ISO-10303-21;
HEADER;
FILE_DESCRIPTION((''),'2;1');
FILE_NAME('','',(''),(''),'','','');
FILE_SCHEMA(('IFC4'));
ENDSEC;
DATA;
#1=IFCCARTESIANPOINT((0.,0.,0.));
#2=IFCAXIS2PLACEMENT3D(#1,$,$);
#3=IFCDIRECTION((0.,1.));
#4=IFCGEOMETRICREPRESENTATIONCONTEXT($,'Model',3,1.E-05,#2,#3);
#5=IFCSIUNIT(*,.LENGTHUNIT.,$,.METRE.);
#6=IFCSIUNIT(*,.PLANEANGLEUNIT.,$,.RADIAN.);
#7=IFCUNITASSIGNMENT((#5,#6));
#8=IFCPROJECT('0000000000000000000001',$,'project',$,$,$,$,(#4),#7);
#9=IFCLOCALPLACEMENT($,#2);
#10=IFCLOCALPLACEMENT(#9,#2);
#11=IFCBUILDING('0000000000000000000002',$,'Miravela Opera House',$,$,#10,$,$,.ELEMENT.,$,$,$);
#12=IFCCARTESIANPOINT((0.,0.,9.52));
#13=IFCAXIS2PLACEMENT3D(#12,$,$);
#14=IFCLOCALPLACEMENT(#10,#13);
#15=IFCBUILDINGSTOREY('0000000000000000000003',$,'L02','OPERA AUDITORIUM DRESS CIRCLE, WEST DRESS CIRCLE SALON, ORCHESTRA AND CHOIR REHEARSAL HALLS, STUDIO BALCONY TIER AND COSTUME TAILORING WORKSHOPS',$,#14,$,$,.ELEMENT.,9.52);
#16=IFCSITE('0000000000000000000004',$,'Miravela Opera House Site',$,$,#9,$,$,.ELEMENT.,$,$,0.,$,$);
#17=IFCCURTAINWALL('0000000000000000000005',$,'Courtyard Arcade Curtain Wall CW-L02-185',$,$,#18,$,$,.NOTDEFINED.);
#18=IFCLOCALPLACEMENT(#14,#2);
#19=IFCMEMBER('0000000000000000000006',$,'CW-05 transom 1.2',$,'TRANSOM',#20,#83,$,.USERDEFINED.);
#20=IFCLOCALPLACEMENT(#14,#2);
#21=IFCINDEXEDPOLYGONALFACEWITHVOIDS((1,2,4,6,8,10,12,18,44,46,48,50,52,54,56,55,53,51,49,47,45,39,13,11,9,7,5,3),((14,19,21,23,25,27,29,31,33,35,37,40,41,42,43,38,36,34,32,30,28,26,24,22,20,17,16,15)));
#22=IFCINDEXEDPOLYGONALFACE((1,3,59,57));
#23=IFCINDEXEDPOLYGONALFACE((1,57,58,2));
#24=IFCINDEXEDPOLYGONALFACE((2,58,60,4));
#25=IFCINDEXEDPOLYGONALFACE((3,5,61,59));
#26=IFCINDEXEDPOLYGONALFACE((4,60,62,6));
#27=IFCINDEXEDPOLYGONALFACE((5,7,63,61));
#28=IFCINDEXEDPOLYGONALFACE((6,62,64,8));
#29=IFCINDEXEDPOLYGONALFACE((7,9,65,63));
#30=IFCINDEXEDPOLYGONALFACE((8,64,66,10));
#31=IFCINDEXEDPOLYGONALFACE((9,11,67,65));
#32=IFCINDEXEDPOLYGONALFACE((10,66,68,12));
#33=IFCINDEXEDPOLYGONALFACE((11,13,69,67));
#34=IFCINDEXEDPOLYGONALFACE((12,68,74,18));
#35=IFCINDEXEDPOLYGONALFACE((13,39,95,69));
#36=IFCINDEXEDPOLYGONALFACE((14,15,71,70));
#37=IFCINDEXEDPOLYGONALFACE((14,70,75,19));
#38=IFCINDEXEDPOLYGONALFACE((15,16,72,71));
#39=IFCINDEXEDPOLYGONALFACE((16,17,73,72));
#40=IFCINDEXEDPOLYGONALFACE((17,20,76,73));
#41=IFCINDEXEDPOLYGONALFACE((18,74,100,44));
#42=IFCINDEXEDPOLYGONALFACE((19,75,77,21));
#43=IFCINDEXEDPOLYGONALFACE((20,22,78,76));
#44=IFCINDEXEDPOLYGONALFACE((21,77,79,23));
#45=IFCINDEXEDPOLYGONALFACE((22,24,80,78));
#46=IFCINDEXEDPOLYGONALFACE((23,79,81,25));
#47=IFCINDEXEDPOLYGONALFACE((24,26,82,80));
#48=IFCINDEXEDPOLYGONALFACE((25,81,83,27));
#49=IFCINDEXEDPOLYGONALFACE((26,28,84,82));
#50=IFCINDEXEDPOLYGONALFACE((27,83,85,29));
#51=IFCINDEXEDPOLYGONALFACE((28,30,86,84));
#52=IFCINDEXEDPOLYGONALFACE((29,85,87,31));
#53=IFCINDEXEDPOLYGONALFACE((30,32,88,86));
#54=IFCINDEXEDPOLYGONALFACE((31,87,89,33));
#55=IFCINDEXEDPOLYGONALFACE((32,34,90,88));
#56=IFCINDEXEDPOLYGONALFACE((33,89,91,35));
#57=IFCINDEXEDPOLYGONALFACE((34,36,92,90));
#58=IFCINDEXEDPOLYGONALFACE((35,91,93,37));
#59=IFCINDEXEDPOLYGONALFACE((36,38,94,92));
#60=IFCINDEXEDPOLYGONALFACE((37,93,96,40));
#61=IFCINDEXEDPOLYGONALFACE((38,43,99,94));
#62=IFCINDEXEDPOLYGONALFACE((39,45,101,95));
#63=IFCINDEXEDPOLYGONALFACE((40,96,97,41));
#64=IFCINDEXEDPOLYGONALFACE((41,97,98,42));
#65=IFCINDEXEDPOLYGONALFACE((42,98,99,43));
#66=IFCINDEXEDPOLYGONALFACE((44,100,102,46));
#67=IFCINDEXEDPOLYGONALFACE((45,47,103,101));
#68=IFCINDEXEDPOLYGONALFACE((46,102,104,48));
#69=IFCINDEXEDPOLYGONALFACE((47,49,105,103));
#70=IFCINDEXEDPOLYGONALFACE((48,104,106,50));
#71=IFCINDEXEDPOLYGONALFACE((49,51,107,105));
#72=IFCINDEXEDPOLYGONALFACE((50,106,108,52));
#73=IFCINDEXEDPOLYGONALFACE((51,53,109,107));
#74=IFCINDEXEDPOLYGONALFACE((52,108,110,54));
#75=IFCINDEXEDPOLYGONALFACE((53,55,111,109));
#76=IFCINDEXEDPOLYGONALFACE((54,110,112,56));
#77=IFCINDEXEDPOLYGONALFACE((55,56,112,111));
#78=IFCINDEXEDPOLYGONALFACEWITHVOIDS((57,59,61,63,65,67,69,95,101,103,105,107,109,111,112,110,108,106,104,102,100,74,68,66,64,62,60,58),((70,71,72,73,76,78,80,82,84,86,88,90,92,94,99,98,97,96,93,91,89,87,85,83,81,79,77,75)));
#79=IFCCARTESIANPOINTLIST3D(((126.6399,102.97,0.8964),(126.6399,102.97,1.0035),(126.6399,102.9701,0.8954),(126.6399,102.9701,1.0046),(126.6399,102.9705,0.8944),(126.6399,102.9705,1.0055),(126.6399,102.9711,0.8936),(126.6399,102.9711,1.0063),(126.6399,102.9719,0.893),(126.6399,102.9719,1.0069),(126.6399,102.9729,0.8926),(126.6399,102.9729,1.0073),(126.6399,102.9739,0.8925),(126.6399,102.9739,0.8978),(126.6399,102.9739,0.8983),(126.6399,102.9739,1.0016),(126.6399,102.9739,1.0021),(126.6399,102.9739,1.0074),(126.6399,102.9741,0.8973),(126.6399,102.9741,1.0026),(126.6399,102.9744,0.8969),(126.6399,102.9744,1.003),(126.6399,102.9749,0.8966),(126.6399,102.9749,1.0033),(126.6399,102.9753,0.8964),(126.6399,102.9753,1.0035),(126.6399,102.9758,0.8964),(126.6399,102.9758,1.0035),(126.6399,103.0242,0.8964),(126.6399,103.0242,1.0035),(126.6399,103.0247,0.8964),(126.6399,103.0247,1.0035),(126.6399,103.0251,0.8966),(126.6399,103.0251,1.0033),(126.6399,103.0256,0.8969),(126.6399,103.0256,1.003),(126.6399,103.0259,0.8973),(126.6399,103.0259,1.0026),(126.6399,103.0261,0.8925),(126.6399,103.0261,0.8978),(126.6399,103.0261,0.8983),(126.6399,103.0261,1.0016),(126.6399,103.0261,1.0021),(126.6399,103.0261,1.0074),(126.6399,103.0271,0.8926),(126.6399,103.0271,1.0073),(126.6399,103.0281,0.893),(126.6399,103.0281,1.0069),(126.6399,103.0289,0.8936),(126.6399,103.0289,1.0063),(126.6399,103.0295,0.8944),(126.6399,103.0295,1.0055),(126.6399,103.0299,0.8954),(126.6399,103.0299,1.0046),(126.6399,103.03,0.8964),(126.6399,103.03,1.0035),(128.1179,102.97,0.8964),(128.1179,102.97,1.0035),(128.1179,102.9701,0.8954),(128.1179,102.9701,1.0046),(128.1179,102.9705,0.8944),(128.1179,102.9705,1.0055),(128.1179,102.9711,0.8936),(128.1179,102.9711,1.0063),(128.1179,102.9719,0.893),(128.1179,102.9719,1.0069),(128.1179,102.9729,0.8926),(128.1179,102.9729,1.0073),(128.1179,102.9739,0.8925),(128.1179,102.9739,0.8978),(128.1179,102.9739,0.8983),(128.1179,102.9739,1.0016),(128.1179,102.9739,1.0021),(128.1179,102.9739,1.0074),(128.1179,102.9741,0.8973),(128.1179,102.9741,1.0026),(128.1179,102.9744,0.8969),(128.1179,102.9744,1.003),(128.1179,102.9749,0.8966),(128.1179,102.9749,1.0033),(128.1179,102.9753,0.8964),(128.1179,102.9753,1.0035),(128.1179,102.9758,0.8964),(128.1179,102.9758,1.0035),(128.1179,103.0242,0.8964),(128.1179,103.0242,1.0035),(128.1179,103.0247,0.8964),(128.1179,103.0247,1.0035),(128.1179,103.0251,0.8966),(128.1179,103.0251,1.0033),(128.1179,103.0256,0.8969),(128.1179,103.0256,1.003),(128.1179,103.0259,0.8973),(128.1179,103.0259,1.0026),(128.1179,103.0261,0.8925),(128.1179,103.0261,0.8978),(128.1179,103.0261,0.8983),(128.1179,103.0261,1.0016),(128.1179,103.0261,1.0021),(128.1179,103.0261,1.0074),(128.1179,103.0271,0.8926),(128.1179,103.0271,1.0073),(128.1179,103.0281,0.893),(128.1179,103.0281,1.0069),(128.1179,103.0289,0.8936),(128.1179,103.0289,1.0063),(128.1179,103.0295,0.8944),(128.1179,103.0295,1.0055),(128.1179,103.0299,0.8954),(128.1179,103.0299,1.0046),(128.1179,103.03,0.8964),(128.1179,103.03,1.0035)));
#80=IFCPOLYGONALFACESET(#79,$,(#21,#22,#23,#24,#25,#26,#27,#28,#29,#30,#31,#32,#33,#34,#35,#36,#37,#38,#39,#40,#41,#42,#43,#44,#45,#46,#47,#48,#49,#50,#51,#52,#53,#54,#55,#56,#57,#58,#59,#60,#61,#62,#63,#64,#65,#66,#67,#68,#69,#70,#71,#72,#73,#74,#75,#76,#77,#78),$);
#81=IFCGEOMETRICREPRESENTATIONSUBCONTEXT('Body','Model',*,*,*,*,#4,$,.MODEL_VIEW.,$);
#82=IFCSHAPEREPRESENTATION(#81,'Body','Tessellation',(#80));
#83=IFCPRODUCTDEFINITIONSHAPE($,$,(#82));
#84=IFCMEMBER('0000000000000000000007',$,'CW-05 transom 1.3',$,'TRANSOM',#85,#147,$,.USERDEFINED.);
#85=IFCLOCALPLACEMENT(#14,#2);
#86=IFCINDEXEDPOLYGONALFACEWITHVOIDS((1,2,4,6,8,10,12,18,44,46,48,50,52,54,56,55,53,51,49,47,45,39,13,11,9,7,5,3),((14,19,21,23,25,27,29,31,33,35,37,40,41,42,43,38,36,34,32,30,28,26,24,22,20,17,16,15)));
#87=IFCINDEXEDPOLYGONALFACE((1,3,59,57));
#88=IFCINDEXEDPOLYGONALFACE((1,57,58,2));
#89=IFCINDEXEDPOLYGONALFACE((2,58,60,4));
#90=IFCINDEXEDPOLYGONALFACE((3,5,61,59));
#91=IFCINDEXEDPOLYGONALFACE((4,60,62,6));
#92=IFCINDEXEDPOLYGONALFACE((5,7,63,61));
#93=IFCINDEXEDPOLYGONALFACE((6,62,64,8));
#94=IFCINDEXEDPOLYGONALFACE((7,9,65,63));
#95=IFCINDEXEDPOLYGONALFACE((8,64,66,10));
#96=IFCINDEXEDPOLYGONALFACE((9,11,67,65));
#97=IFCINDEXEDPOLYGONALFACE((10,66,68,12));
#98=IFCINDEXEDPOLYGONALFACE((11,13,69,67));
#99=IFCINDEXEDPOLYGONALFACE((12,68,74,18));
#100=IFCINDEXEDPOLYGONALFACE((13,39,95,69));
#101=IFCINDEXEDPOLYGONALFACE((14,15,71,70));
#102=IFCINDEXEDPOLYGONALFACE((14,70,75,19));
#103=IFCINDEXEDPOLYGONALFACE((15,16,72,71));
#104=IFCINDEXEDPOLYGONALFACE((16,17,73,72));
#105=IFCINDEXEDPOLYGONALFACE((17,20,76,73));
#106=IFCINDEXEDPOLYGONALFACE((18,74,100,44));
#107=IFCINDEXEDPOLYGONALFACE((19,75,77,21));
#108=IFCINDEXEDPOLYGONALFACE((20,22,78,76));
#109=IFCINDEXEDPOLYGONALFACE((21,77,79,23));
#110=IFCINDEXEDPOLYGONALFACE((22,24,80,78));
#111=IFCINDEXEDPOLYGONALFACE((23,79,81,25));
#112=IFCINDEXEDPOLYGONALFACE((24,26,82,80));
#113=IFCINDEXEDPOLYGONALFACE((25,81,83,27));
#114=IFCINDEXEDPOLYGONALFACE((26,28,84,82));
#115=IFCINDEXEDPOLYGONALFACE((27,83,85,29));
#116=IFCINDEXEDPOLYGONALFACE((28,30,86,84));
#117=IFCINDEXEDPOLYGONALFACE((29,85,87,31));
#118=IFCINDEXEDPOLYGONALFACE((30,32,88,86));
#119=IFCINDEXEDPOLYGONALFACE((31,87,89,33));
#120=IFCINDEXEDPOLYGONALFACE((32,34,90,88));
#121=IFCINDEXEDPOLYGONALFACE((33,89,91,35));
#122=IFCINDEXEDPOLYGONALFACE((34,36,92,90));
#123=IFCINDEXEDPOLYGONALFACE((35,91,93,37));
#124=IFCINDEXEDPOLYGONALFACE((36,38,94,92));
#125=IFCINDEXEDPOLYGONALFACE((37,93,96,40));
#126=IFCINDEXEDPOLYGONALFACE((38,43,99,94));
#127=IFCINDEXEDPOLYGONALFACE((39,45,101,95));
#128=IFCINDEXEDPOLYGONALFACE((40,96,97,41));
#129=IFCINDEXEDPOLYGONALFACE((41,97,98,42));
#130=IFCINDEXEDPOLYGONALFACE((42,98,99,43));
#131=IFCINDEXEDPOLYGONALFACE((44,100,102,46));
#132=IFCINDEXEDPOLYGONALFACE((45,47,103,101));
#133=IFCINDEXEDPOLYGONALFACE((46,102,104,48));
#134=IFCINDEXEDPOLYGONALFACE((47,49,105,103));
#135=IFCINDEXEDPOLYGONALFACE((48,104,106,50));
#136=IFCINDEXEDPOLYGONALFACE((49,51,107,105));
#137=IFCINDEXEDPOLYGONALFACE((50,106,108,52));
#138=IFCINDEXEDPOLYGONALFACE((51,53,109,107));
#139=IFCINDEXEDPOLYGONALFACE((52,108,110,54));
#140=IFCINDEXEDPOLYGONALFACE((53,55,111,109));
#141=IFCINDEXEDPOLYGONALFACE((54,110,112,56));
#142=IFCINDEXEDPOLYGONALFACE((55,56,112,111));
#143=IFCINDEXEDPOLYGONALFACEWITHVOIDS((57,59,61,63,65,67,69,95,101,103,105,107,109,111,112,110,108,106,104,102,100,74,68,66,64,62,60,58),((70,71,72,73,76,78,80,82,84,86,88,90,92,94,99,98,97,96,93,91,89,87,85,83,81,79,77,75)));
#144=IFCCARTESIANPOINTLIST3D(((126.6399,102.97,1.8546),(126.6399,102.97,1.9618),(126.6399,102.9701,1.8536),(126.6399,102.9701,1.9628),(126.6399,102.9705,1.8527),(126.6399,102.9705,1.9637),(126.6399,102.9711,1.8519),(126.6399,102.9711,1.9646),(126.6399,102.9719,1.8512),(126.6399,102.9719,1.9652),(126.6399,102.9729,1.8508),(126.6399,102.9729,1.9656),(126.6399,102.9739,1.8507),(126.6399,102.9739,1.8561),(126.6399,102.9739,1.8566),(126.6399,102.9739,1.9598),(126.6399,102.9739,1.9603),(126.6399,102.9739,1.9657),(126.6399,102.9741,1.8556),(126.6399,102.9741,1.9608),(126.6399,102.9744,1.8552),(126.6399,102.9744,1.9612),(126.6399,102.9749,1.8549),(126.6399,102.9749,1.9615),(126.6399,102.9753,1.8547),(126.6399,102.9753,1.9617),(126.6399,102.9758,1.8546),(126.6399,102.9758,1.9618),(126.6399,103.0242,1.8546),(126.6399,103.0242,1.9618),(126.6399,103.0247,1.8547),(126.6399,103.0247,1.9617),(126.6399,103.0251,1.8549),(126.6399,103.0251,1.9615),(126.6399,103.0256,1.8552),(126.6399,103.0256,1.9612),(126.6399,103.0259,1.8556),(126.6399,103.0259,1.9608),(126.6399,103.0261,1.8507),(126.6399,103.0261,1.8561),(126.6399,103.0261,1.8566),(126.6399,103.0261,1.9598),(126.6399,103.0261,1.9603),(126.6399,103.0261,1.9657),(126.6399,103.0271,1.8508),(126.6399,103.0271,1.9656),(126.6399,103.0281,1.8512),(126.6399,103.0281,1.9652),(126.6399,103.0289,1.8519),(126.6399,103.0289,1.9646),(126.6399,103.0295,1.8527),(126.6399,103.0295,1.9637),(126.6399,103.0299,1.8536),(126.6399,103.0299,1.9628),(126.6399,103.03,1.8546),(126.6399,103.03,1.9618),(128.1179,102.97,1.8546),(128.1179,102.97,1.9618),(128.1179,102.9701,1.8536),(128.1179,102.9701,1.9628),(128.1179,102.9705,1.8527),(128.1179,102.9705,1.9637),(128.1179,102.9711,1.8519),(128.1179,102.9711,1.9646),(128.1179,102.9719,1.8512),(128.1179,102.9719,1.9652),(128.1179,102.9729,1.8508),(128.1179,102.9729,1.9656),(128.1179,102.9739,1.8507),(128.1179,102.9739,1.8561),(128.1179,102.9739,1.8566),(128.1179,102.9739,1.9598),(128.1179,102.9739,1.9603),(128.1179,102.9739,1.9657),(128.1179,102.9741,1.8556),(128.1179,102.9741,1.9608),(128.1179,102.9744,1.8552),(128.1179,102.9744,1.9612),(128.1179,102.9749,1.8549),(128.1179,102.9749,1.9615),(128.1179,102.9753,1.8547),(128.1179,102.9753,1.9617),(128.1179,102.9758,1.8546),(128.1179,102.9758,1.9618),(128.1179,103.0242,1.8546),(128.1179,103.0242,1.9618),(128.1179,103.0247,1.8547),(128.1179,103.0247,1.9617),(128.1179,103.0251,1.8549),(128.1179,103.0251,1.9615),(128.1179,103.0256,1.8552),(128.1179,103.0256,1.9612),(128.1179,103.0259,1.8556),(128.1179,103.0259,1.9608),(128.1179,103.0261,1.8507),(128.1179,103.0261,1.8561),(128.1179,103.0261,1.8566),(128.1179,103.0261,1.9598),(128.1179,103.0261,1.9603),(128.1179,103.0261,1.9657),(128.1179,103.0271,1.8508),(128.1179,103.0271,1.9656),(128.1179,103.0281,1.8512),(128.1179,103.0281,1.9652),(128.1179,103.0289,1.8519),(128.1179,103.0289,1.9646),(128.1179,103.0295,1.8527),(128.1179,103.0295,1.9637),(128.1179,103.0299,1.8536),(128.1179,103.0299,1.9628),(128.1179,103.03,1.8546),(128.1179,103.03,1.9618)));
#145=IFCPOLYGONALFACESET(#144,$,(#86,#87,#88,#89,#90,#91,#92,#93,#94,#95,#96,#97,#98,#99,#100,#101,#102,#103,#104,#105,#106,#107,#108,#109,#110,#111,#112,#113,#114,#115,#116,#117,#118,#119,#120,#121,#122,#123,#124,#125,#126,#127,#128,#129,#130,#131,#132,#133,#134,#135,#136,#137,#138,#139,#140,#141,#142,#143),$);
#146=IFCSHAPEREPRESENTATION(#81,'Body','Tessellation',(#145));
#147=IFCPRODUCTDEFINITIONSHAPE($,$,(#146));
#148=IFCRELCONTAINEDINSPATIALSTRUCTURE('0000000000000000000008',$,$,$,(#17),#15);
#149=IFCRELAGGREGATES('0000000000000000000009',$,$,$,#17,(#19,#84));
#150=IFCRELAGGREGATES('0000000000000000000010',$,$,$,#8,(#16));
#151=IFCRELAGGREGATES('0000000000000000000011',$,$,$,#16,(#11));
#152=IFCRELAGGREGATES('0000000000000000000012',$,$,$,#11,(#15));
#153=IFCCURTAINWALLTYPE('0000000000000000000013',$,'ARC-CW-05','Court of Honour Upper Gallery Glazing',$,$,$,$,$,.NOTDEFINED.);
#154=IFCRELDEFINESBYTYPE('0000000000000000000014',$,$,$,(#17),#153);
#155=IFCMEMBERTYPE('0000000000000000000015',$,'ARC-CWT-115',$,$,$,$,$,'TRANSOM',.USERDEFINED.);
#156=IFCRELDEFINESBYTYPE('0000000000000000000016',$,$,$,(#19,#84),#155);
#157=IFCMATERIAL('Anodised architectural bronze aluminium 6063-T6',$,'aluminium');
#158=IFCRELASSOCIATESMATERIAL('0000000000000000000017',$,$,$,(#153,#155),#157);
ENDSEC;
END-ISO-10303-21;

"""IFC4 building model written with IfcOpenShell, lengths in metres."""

from ifc_helpers import new_model, si_unit, direction, frame, origin, origin_2d, place, context, subcontext, project, spatial, hollow_rectangle, extrude, material, material_profile, profile_set, type_object, element, aggregate, save


model = new_model("IFC4")

# Units and contexts
model_context = context("Model", 3, precision=1e-05, world=origin(), true_north=direction((0.0, 1.0)))
body_context = subcontext(model_context, "Body", "Model", "MODEL_VIEW")
ifc_project = project(units=[si_unit("LENGTHUNIT", "METRE"), si_unit("PLANEANGLEUNIT", "RADIAN")], contexts=[model_context])

# Site, building, storey
site_placement = place(None, origin())
site = spatial("IfcSite", under=ifc_project, at=site_placement, Name="Miravela Opera House Site", CompositionType="ELEMENT", RefElevation=0.0)
building_placement = place(site_placement, origin())
building = spatial("IfcBuilding", under=site, at=building_placement, Name="Miravela Opera House", CompositionType="ELEMENT")
storey_placement = place(building_placement, frame((0.0, 0.0, 9.52)))
storey = spatial("IfcBuildingStorey", under=building, at=storey_placement, Name="L02", Description="OPERA AUDITORIUM DRESS CIRCLE, WEST DRESS CIRCLE SALON, ORCHESTRA AND CHOIR REHEARSAL HALLS, STUDIO BALCONY TIER AND COSTUME TAILORING WORKSHOPS", CompositionType="ELEMENT", Elevation=9.52)

# Curtain wall, members
ifc_material_1 = material(Name="Anodised architectural bronze aluminium 6063-T6", Category="aluminium")
curtain_wall_type = type_object("IfcCurtainWallType", Name="ARC-CW-05", Description="Court of Honour Upper Gallery Glazing", PredefinedType="NOTDEFINED", material=ifc_material_1)
curtain_wall_placement = place(storey_placement, origin())
curtain_wall = element("IfcCurtainWall", 1, at=curtain_wall_placement, inside=storey, type_object=curtain_wall_type, Name="Courtyard Arcade Curtain Wall CW-L02-185", PredefinedType="NOTDEFINED")
ifc_material_profile_1 = material_profile(ifc_material_1, hollow_rectangle(XDim=0.0601, YDim=0.115, WallThickness=0.0039, InnerFilletRadius=0.002, OuterFilletRadius=0.0039, at=origin_2d()), Name="CWT-60X115")
ifc_profile_set_1 = profile_set([ifc_material_profile_1])
member_type_1 = type_object("IfcMemberType", Name="ARC-CWT-115", ElementType="TRANSOM", PredefinedType="USERDEFINED", material=ifc_profile_set_1)
member_1_placement = place(storey_placement, frame((126.6399, 103.0, 0.95), z_axis=(1.0, 0.0, 0.0), x_axis=(0.0, 1.0, 0.0)))
member_1 = element("IfcMember", 2, at=member_1_placement, type_object=member_type_1, Name="CW-05 transom 1.2", ObjectType="TRANSOM", PredefinedType="USERDEFINED", context=body_context, shape_type="SweptSolid", body=[
    extrude(hollow_rectangle(XDim=0.0601, YDim=0.115, WallThickness=0.0039, InnerFilletRadius=0.002, OuterFilletRadius=0.0039, at=origin_2d()), origin(), (0.0, 0.0, 1.0), 1.478),
])
member_2_placement = place(storey_placement, frame((126.6399, 103.0, 1.9082), z_axis=(1.0, 0.0, 0.0), x_axis=(0.0, 1.0, 0.0)))
member_2 = element("IfcMember", 3, at=member_2_placement, type_object=member_type_1, Name="CW-05 transom 1.3", ObjectType="TRANSOM", PredefinedType="USERDEFINED", context=body_context, shape_type="SweptSolid", body=[
    extrude(hollow_rectangle(XDim=0.0601, YDim=0.115, WallThickness=0.0039, InnerFilletRadius=0.002, OuterFilletRadius=0.0039, at=origin_2d()), origin(), (0.0, 0.0, 1.0), 1.478),
])

aggregate(curtain_wall, [member_1, member_2])

save(model, "model.ifc")
